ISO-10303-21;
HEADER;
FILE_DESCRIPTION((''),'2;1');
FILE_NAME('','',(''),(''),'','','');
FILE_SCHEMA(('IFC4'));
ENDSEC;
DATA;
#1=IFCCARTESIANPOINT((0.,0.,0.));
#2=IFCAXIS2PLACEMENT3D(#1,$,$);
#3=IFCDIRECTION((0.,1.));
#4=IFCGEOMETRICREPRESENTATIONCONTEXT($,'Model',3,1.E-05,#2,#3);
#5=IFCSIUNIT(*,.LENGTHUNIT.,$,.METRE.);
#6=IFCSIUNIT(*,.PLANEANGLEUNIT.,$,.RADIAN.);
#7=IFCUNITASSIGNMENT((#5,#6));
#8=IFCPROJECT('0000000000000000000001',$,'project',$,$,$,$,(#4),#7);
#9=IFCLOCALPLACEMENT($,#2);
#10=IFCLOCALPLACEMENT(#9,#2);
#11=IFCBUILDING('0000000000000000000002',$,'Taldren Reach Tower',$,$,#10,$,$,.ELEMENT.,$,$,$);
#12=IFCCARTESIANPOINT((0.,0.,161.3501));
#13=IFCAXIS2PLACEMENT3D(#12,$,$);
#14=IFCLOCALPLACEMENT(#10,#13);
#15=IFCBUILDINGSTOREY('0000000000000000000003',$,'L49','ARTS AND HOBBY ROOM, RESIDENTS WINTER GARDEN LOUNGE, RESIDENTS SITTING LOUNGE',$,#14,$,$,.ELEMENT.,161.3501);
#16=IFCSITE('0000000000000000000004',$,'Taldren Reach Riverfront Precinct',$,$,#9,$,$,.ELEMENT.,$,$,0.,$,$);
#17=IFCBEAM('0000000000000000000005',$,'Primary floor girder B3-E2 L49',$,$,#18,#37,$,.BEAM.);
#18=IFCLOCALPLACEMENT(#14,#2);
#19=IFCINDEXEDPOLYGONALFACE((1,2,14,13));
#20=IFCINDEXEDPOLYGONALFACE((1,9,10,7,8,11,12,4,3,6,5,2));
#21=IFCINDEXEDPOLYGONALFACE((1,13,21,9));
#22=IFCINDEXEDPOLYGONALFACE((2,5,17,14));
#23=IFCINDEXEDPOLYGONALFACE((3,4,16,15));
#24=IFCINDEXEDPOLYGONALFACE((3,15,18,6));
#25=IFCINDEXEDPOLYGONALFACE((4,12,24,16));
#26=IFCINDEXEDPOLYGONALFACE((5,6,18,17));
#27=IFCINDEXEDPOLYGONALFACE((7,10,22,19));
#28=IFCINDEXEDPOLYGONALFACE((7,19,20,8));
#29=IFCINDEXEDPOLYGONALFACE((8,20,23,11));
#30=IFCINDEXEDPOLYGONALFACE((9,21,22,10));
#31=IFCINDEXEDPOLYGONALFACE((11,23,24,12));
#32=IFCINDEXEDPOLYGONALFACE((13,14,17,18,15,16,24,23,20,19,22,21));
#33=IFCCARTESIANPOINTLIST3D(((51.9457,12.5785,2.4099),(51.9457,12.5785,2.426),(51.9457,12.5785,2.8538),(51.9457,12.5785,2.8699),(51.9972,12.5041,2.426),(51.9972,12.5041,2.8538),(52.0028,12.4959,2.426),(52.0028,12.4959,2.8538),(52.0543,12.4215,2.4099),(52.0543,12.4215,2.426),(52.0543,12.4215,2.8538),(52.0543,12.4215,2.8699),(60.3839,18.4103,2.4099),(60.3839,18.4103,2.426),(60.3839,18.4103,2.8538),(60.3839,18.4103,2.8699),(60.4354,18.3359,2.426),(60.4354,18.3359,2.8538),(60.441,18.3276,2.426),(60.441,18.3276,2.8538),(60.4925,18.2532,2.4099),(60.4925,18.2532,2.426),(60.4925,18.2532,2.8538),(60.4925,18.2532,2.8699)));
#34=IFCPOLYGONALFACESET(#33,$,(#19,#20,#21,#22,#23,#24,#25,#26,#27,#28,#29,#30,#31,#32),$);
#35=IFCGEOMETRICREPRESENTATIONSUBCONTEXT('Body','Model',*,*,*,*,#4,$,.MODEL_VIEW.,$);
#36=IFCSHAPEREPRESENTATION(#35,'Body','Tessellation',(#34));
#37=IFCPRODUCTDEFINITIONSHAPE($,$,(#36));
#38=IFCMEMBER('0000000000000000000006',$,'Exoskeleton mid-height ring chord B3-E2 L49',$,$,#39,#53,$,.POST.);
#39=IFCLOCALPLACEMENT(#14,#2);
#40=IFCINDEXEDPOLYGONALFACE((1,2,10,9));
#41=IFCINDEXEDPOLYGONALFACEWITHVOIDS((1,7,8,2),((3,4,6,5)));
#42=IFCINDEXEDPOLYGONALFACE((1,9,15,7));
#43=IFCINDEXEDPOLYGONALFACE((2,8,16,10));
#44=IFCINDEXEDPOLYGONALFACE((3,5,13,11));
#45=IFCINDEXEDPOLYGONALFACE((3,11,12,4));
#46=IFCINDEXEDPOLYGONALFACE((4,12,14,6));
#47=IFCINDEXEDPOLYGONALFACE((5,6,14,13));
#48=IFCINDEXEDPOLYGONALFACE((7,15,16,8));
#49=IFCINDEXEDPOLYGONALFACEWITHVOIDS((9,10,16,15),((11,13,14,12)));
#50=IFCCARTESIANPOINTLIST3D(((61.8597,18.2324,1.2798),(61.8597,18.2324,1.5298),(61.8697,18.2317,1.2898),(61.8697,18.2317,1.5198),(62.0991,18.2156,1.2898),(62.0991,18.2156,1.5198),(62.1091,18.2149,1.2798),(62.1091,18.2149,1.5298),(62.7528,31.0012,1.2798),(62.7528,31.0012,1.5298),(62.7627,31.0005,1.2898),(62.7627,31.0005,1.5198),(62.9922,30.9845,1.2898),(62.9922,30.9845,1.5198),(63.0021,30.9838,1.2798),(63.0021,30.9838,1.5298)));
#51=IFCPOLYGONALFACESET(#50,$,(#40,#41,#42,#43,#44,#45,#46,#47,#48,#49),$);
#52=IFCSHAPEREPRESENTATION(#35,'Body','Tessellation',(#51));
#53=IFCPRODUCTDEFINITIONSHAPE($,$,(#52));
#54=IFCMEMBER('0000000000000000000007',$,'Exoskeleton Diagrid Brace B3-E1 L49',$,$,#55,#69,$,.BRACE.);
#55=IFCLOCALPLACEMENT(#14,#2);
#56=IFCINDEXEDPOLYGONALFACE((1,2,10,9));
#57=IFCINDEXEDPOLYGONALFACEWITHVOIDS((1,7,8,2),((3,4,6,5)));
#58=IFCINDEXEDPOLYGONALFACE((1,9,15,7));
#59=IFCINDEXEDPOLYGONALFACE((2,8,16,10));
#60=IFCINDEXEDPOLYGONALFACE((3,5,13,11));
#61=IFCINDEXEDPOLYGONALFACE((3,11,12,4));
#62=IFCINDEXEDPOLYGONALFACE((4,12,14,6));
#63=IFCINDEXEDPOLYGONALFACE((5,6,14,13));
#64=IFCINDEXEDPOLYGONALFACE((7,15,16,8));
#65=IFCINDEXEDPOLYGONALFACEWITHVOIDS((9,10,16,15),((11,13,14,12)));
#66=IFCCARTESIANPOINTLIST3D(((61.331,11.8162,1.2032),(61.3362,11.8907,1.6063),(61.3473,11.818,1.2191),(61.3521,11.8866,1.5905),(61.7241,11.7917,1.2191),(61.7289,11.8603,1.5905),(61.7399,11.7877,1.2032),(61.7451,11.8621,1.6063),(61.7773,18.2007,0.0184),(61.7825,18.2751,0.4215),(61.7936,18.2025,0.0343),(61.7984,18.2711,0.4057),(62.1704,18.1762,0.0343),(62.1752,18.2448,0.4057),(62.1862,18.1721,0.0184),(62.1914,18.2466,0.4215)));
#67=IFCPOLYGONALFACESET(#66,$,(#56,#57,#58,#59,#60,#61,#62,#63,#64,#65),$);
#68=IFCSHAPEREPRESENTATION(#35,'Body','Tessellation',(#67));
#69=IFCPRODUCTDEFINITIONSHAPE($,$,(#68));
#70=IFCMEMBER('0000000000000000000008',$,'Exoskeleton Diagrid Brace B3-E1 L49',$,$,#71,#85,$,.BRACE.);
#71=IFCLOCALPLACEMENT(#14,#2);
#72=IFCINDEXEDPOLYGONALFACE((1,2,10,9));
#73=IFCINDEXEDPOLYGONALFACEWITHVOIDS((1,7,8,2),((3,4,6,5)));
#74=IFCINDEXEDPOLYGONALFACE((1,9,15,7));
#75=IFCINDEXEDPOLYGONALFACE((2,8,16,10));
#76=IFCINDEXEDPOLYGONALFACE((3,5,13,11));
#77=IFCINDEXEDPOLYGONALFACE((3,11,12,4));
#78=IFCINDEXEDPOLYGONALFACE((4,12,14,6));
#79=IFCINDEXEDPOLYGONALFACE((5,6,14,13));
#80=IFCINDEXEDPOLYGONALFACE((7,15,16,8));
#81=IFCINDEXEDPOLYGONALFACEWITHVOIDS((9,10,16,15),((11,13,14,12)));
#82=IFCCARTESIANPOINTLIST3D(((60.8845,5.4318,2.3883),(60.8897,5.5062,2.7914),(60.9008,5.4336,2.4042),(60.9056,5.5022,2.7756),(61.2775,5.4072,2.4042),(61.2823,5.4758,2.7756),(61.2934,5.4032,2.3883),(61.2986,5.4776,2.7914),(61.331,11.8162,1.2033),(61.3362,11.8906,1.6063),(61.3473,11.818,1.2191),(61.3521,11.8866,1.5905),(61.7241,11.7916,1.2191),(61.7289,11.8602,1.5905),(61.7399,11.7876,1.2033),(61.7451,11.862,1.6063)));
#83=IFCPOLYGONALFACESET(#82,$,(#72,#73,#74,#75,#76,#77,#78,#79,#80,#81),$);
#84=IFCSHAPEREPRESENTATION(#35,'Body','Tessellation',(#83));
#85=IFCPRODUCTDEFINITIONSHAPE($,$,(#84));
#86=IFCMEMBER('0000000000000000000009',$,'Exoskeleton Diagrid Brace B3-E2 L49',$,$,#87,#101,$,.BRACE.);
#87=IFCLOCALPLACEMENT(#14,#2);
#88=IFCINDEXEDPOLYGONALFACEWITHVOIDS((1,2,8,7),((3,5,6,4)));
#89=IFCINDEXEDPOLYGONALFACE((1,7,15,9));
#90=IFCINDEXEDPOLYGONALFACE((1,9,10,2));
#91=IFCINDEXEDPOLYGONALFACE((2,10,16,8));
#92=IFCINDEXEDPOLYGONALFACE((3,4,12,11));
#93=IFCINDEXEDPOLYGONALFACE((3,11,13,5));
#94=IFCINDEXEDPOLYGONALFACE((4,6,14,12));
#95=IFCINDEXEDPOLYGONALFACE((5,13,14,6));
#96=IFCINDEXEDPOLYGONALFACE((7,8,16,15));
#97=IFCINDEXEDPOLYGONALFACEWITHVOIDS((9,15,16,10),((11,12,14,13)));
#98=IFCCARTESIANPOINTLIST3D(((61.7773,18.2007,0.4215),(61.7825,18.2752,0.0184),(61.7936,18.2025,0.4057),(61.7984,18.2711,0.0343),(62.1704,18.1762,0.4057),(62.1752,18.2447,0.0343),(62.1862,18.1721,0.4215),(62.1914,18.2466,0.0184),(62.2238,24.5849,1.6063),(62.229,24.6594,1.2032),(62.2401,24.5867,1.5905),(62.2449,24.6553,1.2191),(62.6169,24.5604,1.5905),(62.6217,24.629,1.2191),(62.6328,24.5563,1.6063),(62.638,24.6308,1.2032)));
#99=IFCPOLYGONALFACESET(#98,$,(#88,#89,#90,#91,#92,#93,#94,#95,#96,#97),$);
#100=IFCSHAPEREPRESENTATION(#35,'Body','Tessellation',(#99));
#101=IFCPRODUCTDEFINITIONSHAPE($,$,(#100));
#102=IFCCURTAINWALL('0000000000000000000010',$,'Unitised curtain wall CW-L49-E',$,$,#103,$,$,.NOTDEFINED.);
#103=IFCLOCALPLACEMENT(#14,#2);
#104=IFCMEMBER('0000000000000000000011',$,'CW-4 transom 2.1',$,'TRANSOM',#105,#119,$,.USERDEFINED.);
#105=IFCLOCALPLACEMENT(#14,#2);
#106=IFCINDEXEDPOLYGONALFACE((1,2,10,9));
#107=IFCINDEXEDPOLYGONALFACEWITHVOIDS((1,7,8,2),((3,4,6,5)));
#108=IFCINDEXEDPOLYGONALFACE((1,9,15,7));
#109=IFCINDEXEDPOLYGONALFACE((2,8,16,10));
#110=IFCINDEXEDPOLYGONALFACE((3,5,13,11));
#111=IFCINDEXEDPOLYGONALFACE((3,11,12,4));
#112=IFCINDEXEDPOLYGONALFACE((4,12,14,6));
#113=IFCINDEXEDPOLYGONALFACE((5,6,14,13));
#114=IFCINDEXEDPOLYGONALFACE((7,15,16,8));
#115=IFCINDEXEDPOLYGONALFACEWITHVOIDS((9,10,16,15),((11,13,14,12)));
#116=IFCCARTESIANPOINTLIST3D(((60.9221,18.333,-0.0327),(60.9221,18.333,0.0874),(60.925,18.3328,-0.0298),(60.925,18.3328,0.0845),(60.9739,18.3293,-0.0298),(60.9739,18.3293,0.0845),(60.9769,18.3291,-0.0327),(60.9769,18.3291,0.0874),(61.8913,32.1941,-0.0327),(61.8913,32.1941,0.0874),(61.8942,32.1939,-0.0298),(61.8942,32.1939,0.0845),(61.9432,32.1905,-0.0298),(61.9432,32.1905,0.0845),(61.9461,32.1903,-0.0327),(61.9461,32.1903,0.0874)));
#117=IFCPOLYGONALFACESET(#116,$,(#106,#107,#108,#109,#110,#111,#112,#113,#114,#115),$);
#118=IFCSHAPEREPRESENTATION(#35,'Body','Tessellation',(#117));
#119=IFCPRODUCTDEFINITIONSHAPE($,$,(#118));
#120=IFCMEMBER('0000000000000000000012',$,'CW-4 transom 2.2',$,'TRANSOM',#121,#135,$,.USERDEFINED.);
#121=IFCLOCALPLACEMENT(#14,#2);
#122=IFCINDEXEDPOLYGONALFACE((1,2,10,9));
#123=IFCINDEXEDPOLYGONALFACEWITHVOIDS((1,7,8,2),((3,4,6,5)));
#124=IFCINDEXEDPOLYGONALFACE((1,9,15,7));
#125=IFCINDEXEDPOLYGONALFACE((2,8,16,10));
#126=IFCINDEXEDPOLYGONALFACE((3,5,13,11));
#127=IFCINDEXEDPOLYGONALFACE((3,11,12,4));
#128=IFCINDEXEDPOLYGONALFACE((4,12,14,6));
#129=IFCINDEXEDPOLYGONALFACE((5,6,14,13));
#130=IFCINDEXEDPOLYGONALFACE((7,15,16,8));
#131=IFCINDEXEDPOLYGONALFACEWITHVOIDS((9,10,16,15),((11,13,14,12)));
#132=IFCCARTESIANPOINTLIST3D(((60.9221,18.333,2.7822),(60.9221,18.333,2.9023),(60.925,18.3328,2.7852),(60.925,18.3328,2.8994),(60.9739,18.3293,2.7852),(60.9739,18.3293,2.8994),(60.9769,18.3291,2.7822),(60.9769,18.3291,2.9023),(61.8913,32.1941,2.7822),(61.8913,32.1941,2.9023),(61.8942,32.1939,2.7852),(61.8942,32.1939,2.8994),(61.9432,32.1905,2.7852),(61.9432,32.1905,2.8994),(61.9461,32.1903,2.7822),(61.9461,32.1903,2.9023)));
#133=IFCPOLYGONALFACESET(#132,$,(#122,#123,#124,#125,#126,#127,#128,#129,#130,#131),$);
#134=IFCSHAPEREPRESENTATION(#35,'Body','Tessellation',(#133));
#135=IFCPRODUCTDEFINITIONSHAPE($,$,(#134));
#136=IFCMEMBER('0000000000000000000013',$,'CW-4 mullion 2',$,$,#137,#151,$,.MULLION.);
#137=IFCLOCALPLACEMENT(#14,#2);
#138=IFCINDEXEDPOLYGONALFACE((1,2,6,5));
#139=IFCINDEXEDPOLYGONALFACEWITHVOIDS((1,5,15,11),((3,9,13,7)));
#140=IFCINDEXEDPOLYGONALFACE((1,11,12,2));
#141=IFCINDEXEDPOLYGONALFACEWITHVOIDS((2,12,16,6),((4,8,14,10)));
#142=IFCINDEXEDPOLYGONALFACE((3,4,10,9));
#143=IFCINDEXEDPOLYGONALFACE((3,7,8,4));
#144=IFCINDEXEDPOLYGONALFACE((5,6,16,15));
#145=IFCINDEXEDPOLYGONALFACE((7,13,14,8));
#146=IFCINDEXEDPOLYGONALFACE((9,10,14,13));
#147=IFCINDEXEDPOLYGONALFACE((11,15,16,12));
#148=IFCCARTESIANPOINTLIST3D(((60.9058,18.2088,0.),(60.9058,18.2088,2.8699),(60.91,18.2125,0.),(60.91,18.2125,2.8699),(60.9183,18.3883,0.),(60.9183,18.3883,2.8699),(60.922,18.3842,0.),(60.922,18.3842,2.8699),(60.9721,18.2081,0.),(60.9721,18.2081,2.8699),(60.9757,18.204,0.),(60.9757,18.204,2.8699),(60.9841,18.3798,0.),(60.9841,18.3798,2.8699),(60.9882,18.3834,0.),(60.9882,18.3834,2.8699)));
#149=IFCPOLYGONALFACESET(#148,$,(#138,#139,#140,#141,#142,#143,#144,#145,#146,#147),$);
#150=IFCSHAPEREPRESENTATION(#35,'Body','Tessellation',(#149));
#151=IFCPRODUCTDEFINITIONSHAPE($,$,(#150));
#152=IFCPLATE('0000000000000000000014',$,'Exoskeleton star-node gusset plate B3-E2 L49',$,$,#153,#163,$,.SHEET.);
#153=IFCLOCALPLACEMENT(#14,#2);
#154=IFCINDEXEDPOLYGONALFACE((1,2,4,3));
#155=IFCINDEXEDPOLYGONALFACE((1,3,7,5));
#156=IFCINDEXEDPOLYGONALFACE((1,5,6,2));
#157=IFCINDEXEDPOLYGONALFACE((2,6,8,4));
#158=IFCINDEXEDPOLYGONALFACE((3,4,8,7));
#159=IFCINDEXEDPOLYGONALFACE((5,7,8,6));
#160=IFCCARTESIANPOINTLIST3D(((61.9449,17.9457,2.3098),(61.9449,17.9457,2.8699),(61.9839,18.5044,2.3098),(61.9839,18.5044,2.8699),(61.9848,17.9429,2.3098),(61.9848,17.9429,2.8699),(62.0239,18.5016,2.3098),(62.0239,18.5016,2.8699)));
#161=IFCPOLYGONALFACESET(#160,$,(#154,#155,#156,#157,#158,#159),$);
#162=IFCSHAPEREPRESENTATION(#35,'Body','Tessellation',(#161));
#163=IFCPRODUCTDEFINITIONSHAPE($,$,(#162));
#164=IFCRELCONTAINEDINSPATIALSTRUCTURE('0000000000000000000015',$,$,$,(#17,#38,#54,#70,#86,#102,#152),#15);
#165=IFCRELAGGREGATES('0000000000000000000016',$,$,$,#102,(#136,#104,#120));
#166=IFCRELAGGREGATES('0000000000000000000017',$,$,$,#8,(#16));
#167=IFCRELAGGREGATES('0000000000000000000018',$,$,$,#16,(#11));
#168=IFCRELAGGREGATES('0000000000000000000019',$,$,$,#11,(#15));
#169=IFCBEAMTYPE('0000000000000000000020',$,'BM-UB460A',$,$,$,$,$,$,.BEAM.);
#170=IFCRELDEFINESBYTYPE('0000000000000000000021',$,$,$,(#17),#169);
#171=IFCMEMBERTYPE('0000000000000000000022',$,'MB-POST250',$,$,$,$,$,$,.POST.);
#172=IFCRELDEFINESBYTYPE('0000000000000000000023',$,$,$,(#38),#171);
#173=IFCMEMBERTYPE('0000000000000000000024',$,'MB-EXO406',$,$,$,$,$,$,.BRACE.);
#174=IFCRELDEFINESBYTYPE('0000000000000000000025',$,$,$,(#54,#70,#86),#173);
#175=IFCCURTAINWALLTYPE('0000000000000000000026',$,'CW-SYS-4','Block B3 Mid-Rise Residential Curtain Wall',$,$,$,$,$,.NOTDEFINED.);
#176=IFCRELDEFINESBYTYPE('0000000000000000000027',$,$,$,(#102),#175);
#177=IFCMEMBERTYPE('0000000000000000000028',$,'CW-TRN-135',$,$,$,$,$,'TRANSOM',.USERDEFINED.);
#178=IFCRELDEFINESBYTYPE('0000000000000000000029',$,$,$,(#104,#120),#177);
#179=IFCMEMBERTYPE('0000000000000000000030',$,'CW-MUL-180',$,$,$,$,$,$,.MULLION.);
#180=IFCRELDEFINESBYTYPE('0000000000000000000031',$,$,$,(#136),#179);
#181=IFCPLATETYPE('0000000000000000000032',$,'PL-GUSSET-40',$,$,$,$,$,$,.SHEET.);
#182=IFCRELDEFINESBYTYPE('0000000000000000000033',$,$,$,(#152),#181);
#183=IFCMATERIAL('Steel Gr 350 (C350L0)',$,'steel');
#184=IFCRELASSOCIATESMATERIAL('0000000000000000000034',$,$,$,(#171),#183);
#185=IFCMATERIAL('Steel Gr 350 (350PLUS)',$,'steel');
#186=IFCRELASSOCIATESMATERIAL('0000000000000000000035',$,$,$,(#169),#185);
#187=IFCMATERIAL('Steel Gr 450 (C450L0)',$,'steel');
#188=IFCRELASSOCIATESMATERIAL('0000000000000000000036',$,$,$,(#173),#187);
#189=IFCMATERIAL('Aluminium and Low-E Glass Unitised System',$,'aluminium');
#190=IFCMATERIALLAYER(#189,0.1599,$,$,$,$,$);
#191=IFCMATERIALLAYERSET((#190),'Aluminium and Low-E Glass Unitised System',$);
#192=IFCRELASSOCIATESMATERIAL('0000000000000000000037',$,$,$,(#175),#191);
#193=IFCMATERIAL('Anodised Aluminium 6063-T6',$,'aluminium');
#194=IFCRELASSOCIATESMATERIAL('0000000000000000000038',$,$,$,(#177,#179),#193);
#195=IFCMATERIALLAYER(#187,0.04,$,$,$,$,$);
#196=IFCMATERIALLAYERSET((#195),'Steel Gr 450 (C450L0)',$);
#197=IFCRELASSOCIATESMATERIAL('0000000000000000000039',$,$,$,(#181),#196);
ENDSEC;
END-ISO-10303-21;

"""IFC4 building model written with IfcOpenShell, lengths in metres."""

from ifc_helpers import new_model, si_unit, direction, frame, origin, origin_2d, place, context, subcontext, project, spatial, rectangle, hollow_rectangle, i_section, extrude, source, transform, mapped, material, layer, layer_set, material_profile, profile_set, type_object, element, aggregate, save


model = new_model("IFC4")

# Units and contexts
model_context = context("Model", 3, precision=1e-05, world=origin(), true_north=direction((0.0, 1.0)))
body_context = subcontext(model_context, "Body", "Model", "MODEL_VIEW")
ifc_project = project(units=[si_unit("LENGTHUNIT", "METRE"), si_unit("PLANEANGLEUNIT", "RADIAN")], contexts=[model_context])

# Site, building, storey
site_placement = place(None, origin())
site = spatial("IfcSite", under=ifc_project, at=site_placement, Name="Taldren Reach Riverfront Precinct", CompositionType="ELEMENT", RefElevation=0.0)
building_placement = place(site_placement, origin())
building = spatial("IfcBuilding", under=site, at=building_placement, Name="Taldren Reach Tower", CompositionType="ELEMENT")
storey_placement = place(building_placement, frame((0.0, 0.0, 161.3501)))
storey = spatial("IfcBuildingStorey", under=building, at=storey_placement, Name="L49", Description="ARTS AND HOBBY ROOM, RESIDENTS WINTER GARDEN LOUNGE, RESIDENTS SITTING LOUNGE", CompositionType="ELEMENT", Elevation=161.3501)

# Shared definitions
ifc_material_1 = material(Name="Steel Gr 350 (350PLUS)", Category="steel")

# Shared definitions
ifc_material_2 = material(Name="Steel Gr 450 (C450L0)", Category="steel")
ifc_material_3 = material(Name="Steel Gr 350 (C350L0)", Category="steel")
ifc_material_profile_1 = material_profile(ifc_material_3, hollow_rectangle(XDim=0.25, YDim=0.25, WallThickness=0.01, at=origin_2d()), Name="250x250x10.0SHS")
ifc_profile_set_1 = profile_set([ifc_material_profile_1], Name="Steel Gr 350 (C350L0)")
member_type_1 = type_object("IfcMemberType", Name="MB-POST250", PredefinedType="POST", material=ifc_profile_set_1)

# Beam
ifc_material_profile_2 = material_profile(ifc_material_1, i_section(OverallWidth=0.1909, OverallDepth=0.46, WebThickness=0.01, FlangeThickness=0.0161, at=origin_2d()), Name="460UB82.1")
ifc_profile_set_2 = profile_set([ifc_material_profile_2], Name="Steel Gr 350 (350PLUS)")
beam_type_1 = type_object("IfcBeamType", Name="BM-UB460A", PredefinedType="BEAM", material=ifc_profile_set_2)
shared_shape_1 = source(origin(), body_context, "Body", "SweptSolid", [
    extrude(i_section(OverallWidth=0.1909, OverallDepth=0.46, WebThickness=0.01, FlangeThickness=0.0161, at=origin_2d()), origin(), (0.0, 0.0, 1.0), 10.2573),
])
beam_1_placement = place(storey_placement, frame((52.0, 12.5, 2.6399), z_axis=(0.822651, 0.568546, 0.0), x_axis=(-0.568546, 0.822651, 0.0)))
element("IfcBeam", 1, at=beam_1_placement, inside=storey, type_object=beam_type_1, Name="Primary floor girder B3-E2 L49", PredefinedType="BEAM", context=body_context, shape_type="MappedRepresentation", body=[
    mapped(shared_shape_1, transform((0.0, 0.0, 0.0), scale=1.0)),
])

# Members
shared_shape_2 = source(origin(), body_context, "Body", "SweptSolid", [
    extrude(hollow_rectangle(XDim=0.25, YDim=0.25, WallThickness=0.01, at=origin_2d()), origin(), (0.0, 0.0, 1.0), 12.8),
])
member_1_placement = place(storey_placement, frame((61.9844, 18.2236, 1.4048), z_axis=(0.069771, 0.997563, 0.0), x_axis=(-0.997563, 0.069771, 0.0)))
element("IfcMember", 2, at=member_1_placement, inside=storey, type_object=member_type_1, Name="Exoskeleton mid-height ring chord B3-E2 L49", PredefinedType="POST", context=body_context, shape_type="MappedRepresentation", body=[
    mapped(shared_shape_2, transform((0.0, 0.0, 0.0), scale=1.0)),
])
ifc_material_profile_3 = material_profile(ifc_material_2, hollow_rectangle(XDim=0.4099, YDim=0.4099, WallThickness=0.0161, at=origin_2d()), Name="410x410x16.0SHS")
ifc_profile_set_3 = profile_set([ifc_material_profile_3], Name="Steel Gr 450 (C450L0)")
member_type_2 = type_object("IfcMemberType", Name="MB-EXO406", PredefinedType="BRACE", material=ifc_profile_set_3)
shared_shape_3 = source(origin(), body_context, "Body", "SweptSolid", [
    extrude(hollow_rectangle(XDim=0.4099, YDim=0.4099, WallThickness=0.0161, at=origin_2d()), origin(), (0.0, 0.0, 1.0), 6.5088),
])
for number, where, z_axis, x_axis, name in (
    (3, (61.9844, 18.2236, 0.22), (-0.068567, -0.980899, 0.182031), (0.997566, -0.069732, 0.0), "Exoskeleton Diagrid Brace B3-E1 L49"),
    (4, (61.5381, 11.8391, 1.4048), (-0.068606, -0.980889, 0.182074), (0.997563, -0.069772, 0.0), "Exoskeleton Diagrid Brace B3-E1 L49"),
):
    element("IfcMember", number, at=place(storey_placement, frame(where, z_axis=z_axis, x_axis=x_axis)), inside=storey, type_object=member_type_2, Name=name, PredefinedType="BRACE", context=body_context, shape_type="MappedRepresentation", body=[
        mapped(shared_shape_3, transform((0.0, 0.0, 0.0), scale=1.0)),
    ])
shared_shape_4 = source(origin(), body_context, "Body", "SweptSolid", [
    extrude(hollow_rectangle(XDim=0.4099, YDim=0.4099, WallThickness=0.0161, at=origin_2d()), origin(), (0.0, 0.0, 1.0), 6.5085),
])
member_2_placement = place(storey_placement, frame((61.9844, 18.2236, 0.22), z_axis=(0.068606, 0.980895, 0.182038), x_axis=(-0.997563, 0.069772, 0.0)))
element("IfcMember", 5, at=member_2_placement, inside=storey, type_object=member_type_2, Name="Exoskeleton Diagrid Brace B3-E2 L49", PredefinedType="BRACE", context=body_context, shape_type="MappedRepresentation", body=[
    mapped(shared_shape_4, transform((0.0, 0.0, 0.0), scale=1.0)),
])

# Curtain wall, members
ifc_material_4 = material(Name="Aluminium and Low-E Glass Unitised System", Category="aluminium")
ifc_layer_1 = layer(ifc_material_4, 0.1599)
ifc_layer_set_1 = layer_set([ifc_layer_1], Name="Aluminium and Low-E Glass Unitised System")
curtain_wall_type = type_object("IfcCurtainWallType", Name="CW-SYS-4", Description="Block B3 Mid-Rise Residential Curtain Wall", PredefinedType="NOTDEFINED", material=ifc_layer_set_1)
curtain_wall_placement = place(storey_placement, origin())
curtain_wall = element("IfcCurtainWall", 6, at=curtain_wall_placement, inside=storey, type_object=curtain_wall_type, Name="Unitised curtain wall CW-L49-E", PredefinedType="NOTDEFINED")
ifc_material_5 = material(Name="Anodised Aluminium 6063-T6", Category="aluminium")
ifc_material_profile_4 = material_profile(ifc_material_5, hollow_rectangle(XDim=0.0549, YDim=0.1201, WallThickness=0.0029, at=origin_2d()), Name="ALU-120x55x3RHS")
ifc_profile_set_4 = profile_set([ifc_material_profile_4], Name="Anodised Aluminium 6063-T6")
member_type_3 = type_object("IfcMemberType", Name="CW-TRN-135", ElementType="TRANSOM", PredefinedType="USERDEFINED", material=ifc_profile_set_4)
shared_shape_5 = source(origin(), body_context, "Body", "SweptSolid", [
    extrude(hollow_rectangle(XDim=0.0549, YDim=0.1201, WallThickness=0.0029, at=origin_2d()), origin(), (0.0, 0.0, 1.0), 13.895),
])
member_3_placement = place(storey_placement, frame((60.9495, 18.3311, 0.0273), z_axis=(0.069755, 0.997564, 0.0), x_axis=(-0.997564, 0.069755, 0.0)))
member_3 = element("IfcMember", 7, at=member_3_placement, type_object=member_type_3, Name="CW-4 transom 2.1", ObjectType="TRANSOM", PredefinedType="USERDEFINED", context=body_context, shape_type="MappedRepresentation", body=[
    mapped(shared_shape_5, transform((0.0, 0.0, 0.0), scale=1.0)),
])
member_4_placement = place(storey_placement, frame((60.9495, 18.3311, 2.8423), z_axis=(0.069755, 0.997564, 0.0), x_axis=(-0.997564, 0.069755, 0.0)))
member_4 = element("IfcMember", 8, at=member_4_placement, type_object=member_type_3, Name="CW-4 transom 2.2", ObjectType="TRANSOM", PredefinedType="USERDEFINED", context=body_context, shape_type="MappedRepresentation", body=[
    mapped(shared_shape_5, transform((0.0, 0.0, 0.0), scale=1.0)),
])
ifc_material_profile_5 = material_profile(ifc_material_5, hollow_rectangle(XDim=0.0701, YDim=0.1799, WallThickness=0.0039, at=origin_2d()), Name="ALU-180x70x4RHS")
ifc_profile_set_5 = profile_set([ifc_material_profile_5], Name="Anodised Aluminium 6063-T6")
member_type_4 = type_object("IfcMemberType", Name="CW-MUL-180", PredefinedType="MULLION", material=ifc_profile_set_5)
shared_shape_6 = source(origin(), body_context, "Body", "SweptSolid", [
    extrude(hollow_rectangle(XDim=0.0701, YDim=0.1799, WallThickness=0.0039, at=origin_2d()), origin(), (0.0, 0.0, 1.0), 2.8699),
])
member_5_placement = place(storey_placement, frame((60.947, 18.2961, 0.0), z_axis=(0.0, 0.0, 1.0), x_axis=(-0.997564, 0.069756, 0.0)))
member_5 = element("IfcMember", 9, at=member_5_placement, type_object=member_type_4, Name="CW-4 mullion 2", PredefinedType="MULLION", context=body_context, shape_type="MappedRepresentation", body=[
    mapped(shared_shape_6, transform((0.0, 0.0, 0.0), scale=1.0)),
])

# Plate
ifc_layer_2 = layer(ifc_material_2, 0.04)
ifc_layer_set_2 = layer_set([ifc_layer_2], Name="Steel Gr 450 (C450L0)")
plate_type_1 = type_object("IfcPlateType", Name="PL-GUSSET-40", PredefinedType="SHEET", material=ifc_layer_set_2)
shared_shape_7 = source(origin(), body_context, "Body", "SweptSolid", [
    extrude(rectangle(XDim=0.5601, YDim=0.04, at=origin_2d()), origin(), (0.0, 0.0, 1.0), 0.5601),
])
plate_1_placement = place(storey_placement, frame((61.9844, 18.2236, 2.3098), z_axis=(0.0, 0.0, 1.0), x_axis=(0.069756, 0.997564, 0.0)))
element("IfcPlate", 10, at=plate_1_placement, inside=storey, type_object=plate_type_1, Name="Exoskeleton star-node gusset plate B3-E2 L49", PredefinedType="SHEET", context=body_context, shape_type="MappedRepresentation", body=[
    mapped(shared_shape_7, transform((0.0, 0.0, 0.0), scale=1.0)),
])
aggregate(curtain_wall, [member_5, member_3, member_4])

save(model, "model.ifc")
